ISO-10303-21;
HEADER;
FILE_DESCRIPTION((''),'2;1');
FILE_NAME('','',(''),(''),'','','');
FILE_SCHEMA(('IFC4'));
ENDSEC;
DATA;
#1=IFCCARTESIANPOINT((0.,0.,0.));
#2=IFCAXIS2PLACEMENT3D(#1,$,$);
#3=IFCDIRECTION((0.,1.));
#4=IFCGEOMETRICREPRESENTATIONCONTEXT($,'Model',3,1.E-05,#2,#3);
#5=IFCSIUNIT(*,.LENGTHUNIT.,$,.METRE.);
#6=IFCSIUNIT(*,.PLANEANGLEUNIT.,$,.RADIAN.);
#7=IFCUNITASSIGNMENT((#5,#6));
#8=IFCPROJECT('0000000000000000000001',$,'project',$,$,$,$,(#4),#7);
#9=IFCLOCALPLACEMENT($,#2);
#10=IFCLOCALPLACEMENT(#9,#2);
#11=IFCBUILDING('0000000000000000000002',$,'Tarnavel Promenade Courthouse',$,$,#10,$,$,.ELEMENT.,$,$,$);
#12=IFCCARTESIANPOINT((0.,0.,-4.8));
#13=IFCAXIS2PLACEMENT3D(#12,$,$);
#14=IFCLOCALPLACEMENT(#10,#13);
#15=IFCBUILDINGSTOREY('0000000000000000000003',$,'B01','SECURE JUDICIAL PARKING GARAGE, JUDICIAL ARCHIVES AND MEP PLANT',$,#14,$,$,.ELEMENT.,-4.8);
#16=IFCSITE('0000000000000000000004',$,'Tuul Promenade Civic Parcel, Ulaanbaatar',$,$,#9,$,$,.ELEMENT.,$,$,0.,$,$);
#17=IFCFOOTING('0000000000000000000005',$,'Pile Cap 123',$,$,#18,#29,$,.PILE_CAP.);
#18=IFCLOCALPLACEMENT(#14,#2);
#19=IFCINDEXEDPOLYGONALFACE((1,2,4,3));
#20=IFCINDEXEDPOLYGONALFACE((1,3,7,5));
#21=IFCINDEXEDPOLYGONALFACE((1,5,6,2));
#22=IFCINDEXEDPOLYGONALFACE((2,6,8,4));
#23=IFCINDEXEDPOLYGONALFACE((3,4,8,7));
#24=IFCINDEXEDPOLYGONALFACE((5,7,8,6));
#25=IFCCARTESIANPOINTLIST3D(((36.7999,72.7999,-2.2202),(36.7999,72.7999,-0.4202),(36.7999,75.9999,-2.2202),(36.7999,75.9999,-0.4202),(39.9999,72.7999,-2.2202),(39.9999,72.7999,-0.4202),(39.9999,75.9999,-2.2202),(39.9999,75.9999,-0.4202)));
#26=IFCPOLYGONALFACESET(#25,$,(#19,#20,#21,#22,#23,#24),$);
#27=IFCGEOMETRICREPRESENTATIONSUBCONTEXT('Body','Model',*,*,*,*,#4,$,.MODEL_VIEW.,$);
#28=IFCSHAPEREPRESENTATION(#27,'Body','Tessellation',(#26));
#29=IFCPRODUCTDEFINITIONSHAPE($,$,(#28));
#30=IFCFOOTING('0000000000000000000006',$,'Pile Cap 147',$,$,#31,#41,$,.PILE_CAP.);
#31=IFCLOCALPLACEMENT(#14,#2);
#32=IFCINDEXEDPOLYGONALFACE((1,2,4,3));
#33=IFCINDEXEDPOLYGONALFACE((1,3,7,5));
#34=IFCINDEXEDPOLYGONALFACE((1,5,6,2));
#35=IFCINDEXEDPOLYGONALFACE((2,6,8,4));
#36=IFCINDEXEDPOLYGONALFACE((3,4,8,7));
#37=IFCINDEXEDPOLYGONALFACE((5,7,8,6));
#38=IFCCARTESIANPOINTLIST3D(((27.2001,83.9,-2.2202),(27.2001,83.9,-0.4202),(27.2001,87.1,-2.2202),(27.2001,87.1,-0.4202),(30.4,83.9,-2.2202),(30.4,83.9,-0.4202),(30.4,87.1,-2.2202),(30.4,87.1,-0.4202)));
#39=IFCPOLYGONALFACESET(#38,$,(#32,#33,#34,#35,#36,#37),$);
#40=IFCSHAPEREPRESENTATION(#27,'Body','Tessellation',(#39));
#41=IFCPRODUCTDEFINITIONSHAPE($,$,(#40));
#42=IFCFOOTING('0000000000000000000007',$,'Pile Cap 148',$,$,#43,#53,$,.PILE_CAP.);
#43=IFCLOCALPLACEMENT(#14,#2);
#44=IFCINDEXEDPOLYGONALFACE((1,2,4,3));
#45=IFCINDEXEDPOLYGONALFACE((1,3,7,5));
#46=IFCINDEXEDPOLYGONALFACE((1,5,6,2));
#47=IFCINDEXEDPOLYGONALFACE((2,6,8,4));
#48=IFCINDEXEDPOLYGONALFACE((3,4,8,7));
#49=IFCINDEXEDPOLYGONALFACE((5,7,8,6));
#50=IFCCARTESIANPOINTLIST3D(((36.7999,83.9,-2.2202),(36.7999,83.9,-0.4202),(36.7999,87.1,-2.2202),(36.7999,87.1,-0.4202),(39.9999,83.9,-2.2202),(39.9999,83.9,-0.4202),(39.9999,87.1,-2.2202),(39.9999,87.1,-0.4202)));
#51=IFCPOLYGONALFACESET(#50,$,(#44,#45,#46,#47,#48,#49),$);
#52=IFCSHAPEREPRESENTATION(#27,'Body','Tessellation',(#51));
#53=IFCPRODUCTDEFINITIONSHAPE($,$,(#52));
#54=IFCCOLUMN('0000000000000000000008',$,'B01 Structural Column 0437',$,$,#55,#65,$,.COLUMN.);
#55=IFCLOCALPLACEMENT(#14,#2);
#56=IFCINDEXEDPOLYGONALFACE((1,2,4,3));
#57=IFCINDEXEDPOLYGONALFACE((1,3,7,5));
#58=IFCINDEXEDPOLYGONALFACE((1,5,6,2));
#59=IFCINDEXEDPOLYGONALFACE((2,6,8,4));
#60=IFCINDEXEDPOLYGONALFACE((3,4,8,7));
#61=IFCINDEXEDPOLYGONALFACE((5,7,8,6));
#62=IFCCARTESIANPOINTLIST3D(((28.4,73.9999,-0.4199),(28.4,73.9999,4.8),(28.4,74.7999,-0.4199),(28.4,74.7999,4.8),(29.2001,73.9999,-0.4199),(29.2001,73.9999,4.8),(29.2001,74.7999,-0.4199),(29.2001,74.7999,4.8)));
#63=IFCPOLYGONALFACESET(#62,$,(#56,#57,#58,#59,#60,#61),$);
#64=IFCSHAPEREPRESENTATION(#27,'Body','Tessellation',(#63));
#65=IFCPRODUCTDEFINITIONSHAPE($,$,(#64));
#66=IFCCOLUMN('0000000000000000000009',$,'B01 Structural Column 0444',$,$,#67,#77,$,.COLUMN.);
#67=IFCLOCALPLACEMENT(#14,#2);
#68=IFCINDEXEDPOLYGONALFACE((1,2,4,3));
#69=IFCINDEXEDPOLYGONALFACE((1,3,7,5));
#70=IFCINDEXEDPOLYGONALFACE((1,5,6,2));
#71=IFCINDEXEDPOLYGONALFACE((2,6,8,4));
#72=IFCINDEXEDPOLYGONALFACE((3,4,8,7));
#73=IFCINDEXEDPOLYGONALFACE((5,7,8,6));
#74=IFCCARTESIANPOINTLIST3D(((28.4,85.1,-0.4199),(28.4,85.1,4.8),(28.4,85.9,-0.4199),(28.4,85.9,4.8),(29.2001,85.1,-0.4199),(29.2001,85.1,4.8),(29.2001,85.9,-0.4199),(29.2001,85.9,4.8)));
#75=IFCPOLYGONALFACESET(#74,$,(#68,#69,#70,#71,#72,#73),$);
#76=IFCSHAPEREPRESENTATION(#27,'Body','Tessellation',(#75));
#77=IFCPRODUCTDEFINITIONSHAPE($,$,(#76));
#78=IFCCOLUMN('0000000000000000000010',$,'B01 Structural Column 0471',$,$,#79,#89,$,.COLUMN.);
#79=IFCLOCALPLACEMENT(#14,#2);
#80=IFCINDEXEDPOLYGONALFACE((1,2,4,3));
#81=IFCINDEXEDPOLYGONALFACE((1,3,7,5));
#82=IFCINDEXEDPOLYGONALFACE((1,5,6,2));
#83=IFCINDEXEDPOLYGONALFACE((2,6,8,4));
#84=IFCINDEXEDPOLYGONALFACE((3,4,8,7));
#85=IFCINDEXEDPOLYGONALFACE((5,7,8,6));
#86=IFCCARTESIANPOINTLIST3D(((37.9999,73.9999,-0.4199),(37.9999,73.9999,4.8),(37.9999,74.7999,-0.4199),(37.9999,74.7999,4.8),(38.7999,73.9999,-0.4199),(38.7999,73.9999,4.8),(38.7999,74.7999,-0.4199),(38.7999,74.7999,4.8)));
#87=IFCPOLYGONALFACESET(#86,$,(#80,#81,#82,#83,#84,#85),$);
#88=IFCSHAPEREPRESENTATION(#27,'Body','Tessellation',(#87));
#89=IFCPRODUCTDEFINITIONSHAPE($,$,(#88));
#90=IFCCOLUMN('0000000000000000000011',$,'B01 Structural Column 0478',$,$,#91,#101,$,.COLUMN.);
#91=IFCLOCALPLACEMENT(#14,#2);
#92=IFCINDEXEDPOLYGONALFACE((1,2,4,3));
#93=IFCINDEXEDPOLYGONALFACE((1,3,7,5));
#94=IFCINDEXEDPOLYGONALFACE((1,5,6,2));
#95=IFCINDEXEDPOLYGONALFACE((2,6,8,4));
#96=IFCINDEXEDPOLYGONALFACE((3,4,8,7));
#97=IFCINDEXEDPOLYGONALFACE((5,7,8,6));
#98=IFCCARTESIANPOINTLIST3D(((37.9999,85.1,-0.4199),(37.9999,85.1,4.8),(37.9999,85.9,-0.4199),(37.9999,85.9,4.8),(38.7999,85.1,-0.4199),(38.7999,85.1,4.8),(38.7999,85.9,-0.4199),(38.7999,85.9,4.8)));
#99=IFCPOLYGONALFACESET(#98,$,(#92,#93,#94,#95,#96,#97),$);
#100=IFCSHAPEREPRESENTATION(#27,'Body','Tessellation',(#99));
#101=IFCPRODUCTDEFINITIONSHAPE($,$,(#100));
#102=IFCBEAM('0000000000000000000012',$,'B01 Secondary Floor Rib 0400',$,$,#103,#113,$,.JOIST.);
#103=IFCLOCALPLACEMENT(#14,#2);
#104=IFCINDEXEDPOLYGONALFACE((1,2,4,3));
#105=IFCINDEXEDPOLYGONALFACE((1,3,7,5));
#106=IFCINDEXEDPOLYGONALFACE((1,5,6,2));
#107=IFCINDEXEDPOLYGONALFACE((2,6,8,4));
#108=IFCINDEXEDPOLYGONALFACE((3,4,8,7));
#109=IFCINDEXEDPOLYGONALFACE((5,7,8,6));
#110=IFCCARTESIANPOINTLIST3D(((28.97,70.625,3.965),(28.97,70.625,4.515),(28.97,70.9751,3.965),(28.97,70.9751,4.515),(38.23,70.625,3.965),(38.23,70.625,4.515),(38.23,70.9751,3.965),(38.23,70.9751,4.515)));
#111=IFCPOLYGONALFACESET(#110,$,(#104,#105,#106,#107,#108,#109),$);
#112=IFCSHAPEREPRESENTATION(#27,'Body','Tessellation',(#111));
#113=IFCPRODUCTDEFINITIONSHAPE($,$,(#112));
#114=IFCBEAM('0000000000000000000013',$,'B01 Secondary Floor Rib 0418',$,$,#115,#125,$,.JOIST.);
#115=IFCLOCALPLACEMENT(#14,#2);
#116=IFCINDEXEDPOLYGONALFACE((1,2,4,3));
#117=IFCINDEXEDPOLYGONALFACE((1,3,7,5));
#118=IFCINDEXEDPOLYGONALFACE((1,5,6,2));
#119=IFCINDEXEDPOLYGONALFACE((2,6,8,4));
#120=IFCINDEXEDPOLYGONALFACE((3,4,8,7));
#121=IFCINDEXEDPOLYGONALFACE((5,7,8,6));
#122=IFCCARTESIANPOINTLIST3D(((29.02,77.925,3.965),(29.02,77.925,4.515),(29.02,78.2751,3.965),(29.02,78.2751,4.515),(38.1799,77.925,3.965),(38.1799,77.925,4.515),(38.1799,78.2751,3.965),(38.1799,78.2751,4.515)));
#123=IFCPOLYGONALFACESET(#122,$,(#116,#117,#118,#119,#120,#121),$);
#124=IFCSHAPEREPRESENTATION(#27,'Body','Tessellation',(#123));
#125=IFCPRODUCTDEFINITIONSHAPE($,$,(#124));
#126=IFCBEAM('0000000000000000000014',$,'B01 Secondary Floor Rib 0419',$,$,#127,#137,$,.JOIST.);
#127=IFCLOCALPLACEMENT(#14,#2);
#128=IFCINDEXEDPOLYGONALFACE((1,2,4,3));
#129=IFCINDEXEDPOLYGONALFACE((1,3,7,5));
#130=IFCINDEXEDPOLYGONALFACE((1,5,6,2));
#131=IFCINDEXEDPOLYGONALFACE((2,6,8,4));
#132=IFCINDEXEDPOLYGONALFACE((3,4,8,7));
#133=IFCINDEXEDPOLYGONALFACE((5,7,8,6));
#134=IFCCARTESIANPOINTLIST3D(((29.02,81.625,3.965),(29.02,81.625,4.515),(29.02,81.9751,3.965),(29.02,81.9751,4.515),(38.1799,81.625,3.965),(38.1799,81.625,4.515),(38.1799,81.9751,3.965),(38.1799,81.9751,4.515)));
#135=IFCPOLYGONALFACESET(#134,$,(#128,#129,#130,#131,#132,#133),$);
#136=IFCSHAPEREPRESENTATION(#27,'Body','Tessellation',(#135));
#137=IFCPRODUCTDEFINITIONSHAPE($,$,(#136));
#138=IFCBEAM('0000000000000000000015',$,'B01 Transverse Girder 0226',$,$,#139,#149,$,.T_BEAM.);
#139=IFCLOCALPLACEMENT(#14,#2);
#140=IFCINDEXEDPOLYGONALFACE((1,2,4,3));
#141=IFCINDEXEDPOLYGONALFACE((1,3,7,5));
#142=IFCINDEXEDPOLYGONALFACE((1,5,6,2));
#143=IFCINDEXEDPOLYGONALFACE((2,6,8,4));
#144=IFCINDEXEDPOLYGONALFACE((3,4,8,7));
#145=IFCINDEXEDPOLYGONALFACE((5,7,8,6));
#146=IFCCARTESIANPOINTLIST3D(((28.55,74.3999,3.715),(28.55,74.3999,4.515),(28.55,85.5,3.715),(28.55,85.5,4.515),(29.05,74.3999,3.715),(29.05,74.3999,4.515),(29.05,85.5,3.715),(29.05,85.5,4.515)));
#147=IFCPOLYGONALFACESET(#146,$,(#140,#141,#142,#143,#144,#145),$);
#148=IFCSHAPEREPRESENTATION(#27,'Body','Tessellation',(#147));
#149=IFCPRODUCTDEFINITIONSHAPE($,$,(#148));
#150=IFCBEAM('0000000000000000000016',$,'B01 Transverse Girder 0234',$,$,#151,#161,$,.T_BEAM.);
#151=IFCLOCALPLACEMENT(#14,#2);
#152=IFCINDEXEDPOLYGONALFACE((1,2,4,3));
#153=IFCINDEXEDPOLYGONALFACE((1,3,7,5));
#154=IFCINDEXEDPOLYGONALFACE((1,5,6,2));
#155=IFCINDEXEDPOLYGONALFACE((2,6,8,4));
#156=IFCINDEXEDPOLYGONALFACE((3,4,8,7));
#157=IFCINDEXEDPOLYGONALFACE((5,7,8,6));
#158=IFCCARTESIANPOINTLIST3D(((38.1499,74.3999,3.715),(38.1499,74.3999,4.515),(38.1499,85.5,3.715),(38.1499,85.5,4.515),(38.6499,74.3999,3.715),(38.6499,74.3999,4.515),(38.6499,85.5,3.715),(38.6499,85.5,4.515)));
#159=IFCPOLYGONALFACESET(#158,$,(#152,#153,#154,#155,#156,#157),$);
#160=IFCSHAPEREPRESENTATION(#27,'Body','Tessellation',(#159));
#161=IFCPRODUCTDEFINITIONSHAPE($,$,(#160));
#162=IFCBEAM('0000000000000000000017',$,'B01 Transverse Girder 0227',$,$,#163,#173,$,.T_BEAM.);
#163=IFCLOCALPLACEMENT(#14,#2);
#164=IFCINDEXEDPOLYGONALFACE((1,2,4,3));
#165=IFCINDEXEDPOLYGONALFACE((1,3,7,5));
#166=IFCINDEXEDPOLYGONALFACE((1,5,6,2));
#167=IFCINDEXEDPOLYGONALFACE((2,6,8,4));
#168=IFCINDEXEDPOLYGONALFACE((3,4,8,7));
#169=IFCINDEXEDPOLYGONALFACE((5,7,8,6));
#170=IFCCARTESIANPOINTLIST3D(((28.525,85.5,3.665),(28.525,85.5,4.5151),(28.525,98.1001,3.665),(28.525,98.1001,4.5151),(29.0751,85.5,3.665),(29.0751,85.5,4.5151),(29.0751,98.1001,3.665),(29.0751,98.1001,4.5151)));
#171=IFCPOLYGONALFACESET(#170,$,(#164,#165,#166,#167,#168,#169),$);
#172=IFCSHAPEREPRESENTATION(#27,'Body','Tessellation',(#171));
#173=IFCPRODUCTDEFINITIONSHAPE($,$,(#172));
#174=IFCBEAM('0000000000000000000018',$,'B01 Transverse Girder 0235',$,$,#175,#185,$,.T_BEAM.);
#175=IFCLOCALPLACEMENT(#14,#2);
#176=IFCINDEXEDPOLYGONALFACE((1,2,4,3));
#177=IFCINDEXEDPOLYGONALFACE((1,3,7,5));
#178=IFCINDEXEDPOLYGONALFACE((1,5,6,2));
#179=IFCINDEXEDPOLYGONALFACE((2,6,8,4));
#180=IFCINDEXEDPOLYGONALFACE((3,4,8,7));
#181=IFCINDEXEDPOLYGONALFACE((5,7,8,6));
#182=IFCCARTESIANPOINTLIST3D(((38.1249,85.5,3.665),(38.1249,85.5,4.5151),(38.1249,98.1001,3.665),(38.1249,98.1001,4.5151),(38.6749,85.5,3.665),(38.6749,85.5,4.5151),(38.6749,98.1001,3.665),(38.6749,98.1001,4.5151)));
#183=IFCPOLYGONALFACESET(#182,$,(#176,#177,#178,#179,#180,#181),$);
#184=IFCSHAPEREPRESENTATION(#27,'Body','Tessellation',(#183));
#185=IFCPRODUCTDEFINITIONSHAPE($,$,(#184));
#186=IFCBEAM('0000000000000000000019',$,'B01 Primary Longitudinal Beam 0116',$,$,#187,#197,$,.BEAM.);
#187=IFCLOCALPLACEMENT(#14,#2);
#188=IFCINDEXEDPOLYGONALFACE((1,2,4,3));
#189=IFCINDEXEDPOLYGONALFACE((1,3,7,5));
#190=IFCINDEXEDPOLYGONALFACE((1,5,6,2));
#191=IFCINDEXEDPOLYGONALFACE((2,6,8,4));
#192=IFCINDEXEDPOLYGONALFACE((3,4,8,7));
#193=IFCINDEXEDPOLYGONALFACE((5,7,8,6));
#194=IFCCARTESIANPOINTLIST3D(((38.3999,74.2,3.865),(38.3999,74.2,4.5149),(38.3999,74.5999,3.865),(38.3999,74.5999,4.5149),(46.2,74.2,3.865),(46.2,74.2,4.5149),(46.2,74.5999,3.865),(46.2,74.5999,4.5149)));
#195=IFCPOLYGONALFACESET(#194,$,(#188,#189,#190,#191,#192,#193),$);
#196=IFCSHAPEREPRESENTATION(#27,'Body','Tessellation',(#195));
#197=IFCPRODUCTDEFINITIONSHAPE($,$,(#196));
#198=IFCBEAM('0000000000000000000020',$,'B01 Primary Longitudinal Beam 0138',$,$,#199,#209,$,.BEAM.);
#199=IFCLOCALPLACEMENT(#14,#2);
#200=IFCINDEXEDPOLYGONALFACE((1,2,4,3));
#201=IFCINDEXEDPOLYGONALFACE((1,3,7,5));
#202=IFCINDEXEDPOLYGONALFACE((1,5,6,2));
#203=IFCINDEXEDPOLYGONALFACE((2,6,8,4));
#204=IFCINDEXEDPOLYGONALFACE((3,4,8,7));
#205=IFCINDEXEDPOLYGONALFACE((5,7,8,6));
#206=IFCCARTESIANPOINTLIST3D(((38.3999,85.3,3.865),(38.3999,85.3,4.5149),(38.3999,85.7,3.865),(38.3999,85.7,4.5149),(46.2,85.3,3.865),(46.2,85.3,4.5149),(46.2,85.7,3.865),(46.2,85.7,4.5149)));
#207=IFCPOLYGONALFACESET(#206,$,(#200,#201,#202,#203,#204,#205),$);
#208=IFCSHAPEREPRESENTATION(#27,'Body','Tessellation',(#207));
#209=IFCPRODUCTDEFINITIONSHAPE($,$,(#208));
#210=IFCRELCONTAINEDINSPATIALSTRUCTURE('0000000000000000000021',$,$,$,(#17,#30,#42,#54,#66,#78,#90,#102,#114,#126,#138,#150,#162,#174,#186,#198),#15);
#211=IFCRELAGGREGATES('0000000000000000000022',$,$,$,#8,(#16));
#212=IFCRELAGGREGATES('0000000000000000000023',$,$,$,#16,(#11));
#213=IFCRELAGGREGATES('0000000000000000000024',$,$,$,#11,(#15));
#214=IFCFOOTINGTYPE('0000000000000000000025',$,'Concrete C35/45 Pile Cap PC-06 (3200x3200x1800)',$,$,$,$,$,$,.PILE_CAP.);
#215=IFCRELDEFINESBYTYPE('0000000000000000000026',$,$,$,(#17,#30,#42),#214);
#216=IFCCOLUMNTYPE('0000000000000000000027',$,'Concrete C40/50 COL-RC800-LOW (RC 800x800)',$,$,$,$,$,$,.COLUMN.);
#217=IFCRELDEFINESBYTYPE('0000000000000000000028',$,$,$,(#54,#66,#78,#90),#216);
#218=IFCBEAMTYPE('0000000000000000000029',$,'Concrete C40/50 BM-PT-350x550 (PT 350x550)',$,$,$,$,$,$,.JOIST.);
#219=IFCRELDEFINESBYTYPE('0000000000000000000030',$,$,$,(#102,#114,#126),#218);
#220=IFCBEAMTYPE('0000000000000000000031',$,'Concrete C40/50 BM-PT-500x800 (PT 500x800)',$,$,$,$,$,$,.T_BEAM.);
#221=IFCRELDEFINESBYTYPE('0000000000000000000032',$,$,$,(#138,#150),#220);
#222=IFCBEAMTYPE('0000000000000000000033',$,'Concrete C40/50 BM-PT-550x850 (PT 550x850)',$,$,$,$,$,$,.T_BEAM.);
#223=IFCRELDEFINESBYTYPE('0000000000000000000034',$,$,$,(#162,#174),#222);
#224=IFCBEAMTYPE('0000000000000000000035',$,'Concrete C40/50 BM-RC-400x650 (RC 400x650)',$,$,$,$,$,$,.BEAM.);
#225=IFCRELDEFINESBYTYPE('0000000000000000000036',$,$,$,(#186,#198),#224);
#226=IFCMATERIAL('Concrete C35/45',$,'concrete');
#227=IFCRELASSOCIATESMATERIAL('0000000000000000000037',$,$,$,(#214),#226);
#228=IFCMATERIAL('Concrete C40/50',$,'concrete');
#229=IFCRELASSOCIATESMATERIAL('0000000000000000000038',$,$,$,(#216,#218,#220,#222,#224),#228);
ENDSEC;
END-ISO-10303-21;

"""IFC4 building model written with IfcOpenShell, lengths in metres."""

from ifc_helpers import new_model, si_unit, direction, frame, origin, origin_2d, place, context, subcontext, project, spatial, rectangle, extrude, material, material_profile, profile_set, type_object, element, save


model = new_model("IFC4")

# Units and contexts
model_context = context("Model", 3, precision=1e-05, world=origin(), true_north=direction((0.0, 1.0)))
body_context = subcontext(model_context, "Body", "Model", "MODEL_VIEW")
ifc_project = project(units=[si_unit("LENGTHUNIT", "METRE"), si_unit("PLANEANGLEUNIT", "RADIAN")], contexts=[model_context])

# Site, building, storey
site_placement = place(None, origin())
site = spatial("IfcSite", under=ifc_project, at=site_placement, Name="Tuul Promenade Civic Parcel, Ulaanbaatar", CompositionType="ELEMENT", RefElevation=0.0)
building_placement = place(site_placement, origin())
building = spatial("IfcBuilding", under=site, at=building_placement, Name="Tarnavel Promenade Courthouse", CompositionType="ELEMENT")
storey_placement = place(building_placement, frame((0.0, 0.0, -4.8)))
storey = spatial("IfcBuildingStorey", under=building, at=storey_placement, Name="B01", Description="SECURE JUDICIAL PARKING GARAGE, JUDICIAL ARCHIVES AND MEP PLANT", CompositionType="ELEMENT", Elevation=-4.8)

# Footings
ifc_material_1 = material(Name="Concrete C35/45", Category="concrete")
footing_type_1 = type_object("IfcFootingType", Name="Concrete C35/45 Pile Cap PC-06 (3200x3200x1800)", PredefinedType="PILE_CAP", material=ifc_material_1)
for number, where, z_axis, x_axis, name in (
    (1, (38.3999, 74.3999, -2.2202), (0.0, 0.0, 1.0), (1.0, 0.0, 0.0), "Pile Cap 123"),
    (2, (28.8, 85.5, -2.2202), (0.0, 0.0, 1.0), (1.0, 0.0, 0.0), "Pile Cap 147"),
    (3, (38.3999, 85.5, -2.2202), (0.0, 0.0, 1.0), (1.0, 0.0, 0.0), "Pile Cap 148"),
):
    element("IfcFooting", number, at=place(storey_placement, frame(where, z_axis=z_axis, x_axis=x_axis)), inside=storey, type_object=footing_type_1, Name=name, PredefinedType="PILE_CAP", context=body_context, shape_type="SweptSolid", body=[
        extrude(rectangle(XDim=3.2, YDim=3.2, at=origin_2d()), origin(), (0.0, 0.0, 1.0), 1.8),
    ])

# Columns
ifc_material_2 = material(Name="Concrete C40/50", Category="concrete")
ifc_material_profile_1 = material_profile(ifc_material_2, rectangle(XDim=0.8, YDim=0.8, at=origin_2d()), Name="RC 800x800")
ifc_profile_set_1 = profile_set([ifc_material_profile_1], Name="Concrete C40/50")
column_type = type_object("IfcColumnType", Name="Concrete C40/50 COL-RC800-LOW (RC 800x800)", PredefinedType="COLUMN", material=ifc_profile_set_1)
for number, where, z_axis, x_axis, name in (
    (4, (28.8, 74.3999, -0.4199), (0.0, 0.0, 1.0), (1.0, 0.0, 0.0), "B01 Structural Column 0437"),
    (5, (28.8, 85.5, -0.4199), (0.0, 0.0, 1.0), (1.0, 0.0, 0.0), "B01 Structural Column 0444"),
    (6, (38.3999, 74.3999, -0.4199), (0.0, 0.0, 1.0), (1.0, 0.0, 0.0), "B01 Structural Column 0471"),
    (7, (38.3999, 85.5, -0.4199), (0.0, 0.0, 1.0), (1.0, 0.0, 0.0), "B01 Structural Column 0478"),
):
    element("IfcColumn", number, at=place(storey_placement, frame(where, z_axis=z_axis, x_axis=x_axis)), inside=storey, type_object=column_type, Name=name, PredefinedType="COLUMN", context=body_context, shape_type="SweptSolid", body=[
        extrude(rectangle(XDim=0.8, YDim=0.8, at=origin_2d()), origin(), (0.0, 0.0, 1.0), 5.22),
    ])

# Beams
ifc_material_profile_2 = material_profile(ifc_material_2, rectangle(XDim=0.3501, YDim=0.55, at=origin_2d()), Name="PT 350x550")
ifc_profile_set_2 = profile_set([ifc_material_profile_2], Name="Concrete C40/50")
beam_type_1 = type_object("IfcBeamType", Name="Concrete C40/50 BM-PT-350x550 (PT 350x550)", PredefinedType="JOIST", material=ifc_profile_set_2)
beam_placement = place(storey_placement, frame((28.97, 70.8, 4.24), z_axis=(1.0, 0.0, 0.0), x_axis=(0.0, 1.0, 0.0)))
element("IfcBeam", 8, at=beam_placement, inside=storey, type_object=beam_type_1, Name="B01 Secondary Floor Rib 0400", PredefinedType="JOIST", context=body_context, shape_type="SweptSolid", body=[
    extrude(rectangle(XDim=0.3501, YDim=0.55, at=origin_2d()), origin(), (0.0, 0.0, 1.0), 9.26),
])
for number, where, z_axis, x_axis, name in (
    (9, (29.02, 78.1001, 4.24), (1.0, 0.0, 0.0), (0.0, 1.0, 0.0), "B01 Secondary Floor Rib 0418"),
    (10, (29.02, 81.8, 4.24), (1.0, 0.0, 0.0), (0.0, 1.0, 0.0), "B01 Secondary Floor Rib 0419"),
):
    element("IfcBeam", number, at=place(storey_placement, frame(where, z_axis=z_axis, x_axis=x_axis)), inside=storey, type_object=beam_type_1, Name=name, PredefinedType="JOIST", context=body_context, shape_type="SweptSolid", body=[
        extrude(rectangle(XDim=0.3501, YDim=0.55, at=origin_2d()), origin(), (0.0, 0.0, 1.0), 9.1599),
    ])
ifc_material_profile_3 = material_profile(ifc_material_2, rectangle(XDim=0.5, YDim=0.8, at=origin_2d()), Name="PT 500x800")
ifc_profile_set_3 = profile_set([ifc_material_profile_3], Name="Concrete C40/50")
beam_type_2 = type_object("IfcBeamType", Name="Concrete C40/50 BM-PT-500x800 (PT 500x800)", PredefinedType="T_BEAM", material=ifc_profile_set_3)
for number, where, z_axis, x_axis, name in (
    (11, (28.8, 74.3999, 4.115), (0.0, 1.0, 0.0), (-1.0, 0.0, 0.0), "B01 Transverse Girder 0226"),
    (12, (38.3999, 74.3999, 4.115), (0.0, 1.0, 0.0), (-1.0, 0.0, 0.0), "B01 Transverse Girder 0234"),
):
    element("IfcBeam", number, at=place(storey_placement, frame(where, z_axis=z_axis, x_axis=x_axis)), inside=storey, type_object=beam_type_2, Name=name, PredefinedType="T_BEAM", context=body_context, shape_type="SweptSolid", body=[
        extrude(rectangle(XDim=0.5, YDim=0.8, at=origin_2d()), origin(), (0.0, 0.0, 1.0), 11.1001),
    ])
ifc_material_profile_4 = material_profile(ifc_material_2, rectangle(XDim=0.55, YDim=0.8501, at=origin_2d()), Name="PT 550x850")
ifc_profile_set_4 = profile_set([ifc_material_profile_4], Name="Concrete C40/50")
beam_type_3 = type_object("IfcBeamType", Name="Concrete C40/50 BM-PT-550x850 (PT 550x850)", PredefinedType="T_BEAM", material=ifc_profile_set_4)
for number, where, z_axis, x_axis, name in (
    (13, (28.8, 85.5, 4.0901), (0.0, 1.0, 0.0), (-1.0, 0.0, 0.0), "B01 Transverse Girder 0227"),
    (14, (38.3999, 85.5, 4.0901), (0.0, 1.0, 0.0), (-1.0, 0.0, 0.0), "B01 Transverse Girder 0235"),
):
    element("IfcBeam", number, at=place(storey_placement, frame(where, z_axis=z_axis, x_axis=x_axis)), inside=storey, type_object=beam_type_3, Name=name, PredefinedType="T_BEAM", context=body_context, shape_type="SweptSolid", body=[
        extrude(rectangle(XDim=0.55, YDim=0.8501, at=origin_2d()), origin(), (0.0, 0.0, 1.0), 12.6001),
    ])
ifc_material_profile_5 = material_profile(ifc_material_2, rectangle(XDim=0.3999, YDim=0.6499, at=origin_2d()), Name="RC 400x650")
ifc_profile_set_5 = profile_set([ifc_material_profile_5], Name="Concrete C40/50")
beam_type_4 = type_object("IfcBeamType", Name="Concrete C40/50 BM-RC-400x650 (RC 400x650)", PredefinedType="BEAM", material=ifc_profile_set_5)
for number, where, z_axis, x_axis, name in (
    (15, (38.3999, 74.3999, 4.1899), (1.0, 0.0, 0.0), (0.0, 1.0, 0.0), "B01 Primary Longitudinal Beam 0116"),
    (16, (38.3999, 85.5, 4.1899), (1.0, 0.0, 0.0), (0.0, 1.0, 0.0), "B01 Primary Longitudinal Beam 0138"),
):
    element("IfcBeam", number, at=place(storey_placement, frame(where, z_axis=z_axis, x_axis=x_axis)), inside=storey, type_object=beam_type_4, Name=name, PredefinedType="BEAM", context=body_context, shape_type="SweptSolid", body=[
        extrude(rectangle(XDim=0.3999, YDim=0.6499, at=origin_2d()), origin(), (0.0, 0.0, 1.0), 7.8),
    ])

save(model, "model.ifc")
